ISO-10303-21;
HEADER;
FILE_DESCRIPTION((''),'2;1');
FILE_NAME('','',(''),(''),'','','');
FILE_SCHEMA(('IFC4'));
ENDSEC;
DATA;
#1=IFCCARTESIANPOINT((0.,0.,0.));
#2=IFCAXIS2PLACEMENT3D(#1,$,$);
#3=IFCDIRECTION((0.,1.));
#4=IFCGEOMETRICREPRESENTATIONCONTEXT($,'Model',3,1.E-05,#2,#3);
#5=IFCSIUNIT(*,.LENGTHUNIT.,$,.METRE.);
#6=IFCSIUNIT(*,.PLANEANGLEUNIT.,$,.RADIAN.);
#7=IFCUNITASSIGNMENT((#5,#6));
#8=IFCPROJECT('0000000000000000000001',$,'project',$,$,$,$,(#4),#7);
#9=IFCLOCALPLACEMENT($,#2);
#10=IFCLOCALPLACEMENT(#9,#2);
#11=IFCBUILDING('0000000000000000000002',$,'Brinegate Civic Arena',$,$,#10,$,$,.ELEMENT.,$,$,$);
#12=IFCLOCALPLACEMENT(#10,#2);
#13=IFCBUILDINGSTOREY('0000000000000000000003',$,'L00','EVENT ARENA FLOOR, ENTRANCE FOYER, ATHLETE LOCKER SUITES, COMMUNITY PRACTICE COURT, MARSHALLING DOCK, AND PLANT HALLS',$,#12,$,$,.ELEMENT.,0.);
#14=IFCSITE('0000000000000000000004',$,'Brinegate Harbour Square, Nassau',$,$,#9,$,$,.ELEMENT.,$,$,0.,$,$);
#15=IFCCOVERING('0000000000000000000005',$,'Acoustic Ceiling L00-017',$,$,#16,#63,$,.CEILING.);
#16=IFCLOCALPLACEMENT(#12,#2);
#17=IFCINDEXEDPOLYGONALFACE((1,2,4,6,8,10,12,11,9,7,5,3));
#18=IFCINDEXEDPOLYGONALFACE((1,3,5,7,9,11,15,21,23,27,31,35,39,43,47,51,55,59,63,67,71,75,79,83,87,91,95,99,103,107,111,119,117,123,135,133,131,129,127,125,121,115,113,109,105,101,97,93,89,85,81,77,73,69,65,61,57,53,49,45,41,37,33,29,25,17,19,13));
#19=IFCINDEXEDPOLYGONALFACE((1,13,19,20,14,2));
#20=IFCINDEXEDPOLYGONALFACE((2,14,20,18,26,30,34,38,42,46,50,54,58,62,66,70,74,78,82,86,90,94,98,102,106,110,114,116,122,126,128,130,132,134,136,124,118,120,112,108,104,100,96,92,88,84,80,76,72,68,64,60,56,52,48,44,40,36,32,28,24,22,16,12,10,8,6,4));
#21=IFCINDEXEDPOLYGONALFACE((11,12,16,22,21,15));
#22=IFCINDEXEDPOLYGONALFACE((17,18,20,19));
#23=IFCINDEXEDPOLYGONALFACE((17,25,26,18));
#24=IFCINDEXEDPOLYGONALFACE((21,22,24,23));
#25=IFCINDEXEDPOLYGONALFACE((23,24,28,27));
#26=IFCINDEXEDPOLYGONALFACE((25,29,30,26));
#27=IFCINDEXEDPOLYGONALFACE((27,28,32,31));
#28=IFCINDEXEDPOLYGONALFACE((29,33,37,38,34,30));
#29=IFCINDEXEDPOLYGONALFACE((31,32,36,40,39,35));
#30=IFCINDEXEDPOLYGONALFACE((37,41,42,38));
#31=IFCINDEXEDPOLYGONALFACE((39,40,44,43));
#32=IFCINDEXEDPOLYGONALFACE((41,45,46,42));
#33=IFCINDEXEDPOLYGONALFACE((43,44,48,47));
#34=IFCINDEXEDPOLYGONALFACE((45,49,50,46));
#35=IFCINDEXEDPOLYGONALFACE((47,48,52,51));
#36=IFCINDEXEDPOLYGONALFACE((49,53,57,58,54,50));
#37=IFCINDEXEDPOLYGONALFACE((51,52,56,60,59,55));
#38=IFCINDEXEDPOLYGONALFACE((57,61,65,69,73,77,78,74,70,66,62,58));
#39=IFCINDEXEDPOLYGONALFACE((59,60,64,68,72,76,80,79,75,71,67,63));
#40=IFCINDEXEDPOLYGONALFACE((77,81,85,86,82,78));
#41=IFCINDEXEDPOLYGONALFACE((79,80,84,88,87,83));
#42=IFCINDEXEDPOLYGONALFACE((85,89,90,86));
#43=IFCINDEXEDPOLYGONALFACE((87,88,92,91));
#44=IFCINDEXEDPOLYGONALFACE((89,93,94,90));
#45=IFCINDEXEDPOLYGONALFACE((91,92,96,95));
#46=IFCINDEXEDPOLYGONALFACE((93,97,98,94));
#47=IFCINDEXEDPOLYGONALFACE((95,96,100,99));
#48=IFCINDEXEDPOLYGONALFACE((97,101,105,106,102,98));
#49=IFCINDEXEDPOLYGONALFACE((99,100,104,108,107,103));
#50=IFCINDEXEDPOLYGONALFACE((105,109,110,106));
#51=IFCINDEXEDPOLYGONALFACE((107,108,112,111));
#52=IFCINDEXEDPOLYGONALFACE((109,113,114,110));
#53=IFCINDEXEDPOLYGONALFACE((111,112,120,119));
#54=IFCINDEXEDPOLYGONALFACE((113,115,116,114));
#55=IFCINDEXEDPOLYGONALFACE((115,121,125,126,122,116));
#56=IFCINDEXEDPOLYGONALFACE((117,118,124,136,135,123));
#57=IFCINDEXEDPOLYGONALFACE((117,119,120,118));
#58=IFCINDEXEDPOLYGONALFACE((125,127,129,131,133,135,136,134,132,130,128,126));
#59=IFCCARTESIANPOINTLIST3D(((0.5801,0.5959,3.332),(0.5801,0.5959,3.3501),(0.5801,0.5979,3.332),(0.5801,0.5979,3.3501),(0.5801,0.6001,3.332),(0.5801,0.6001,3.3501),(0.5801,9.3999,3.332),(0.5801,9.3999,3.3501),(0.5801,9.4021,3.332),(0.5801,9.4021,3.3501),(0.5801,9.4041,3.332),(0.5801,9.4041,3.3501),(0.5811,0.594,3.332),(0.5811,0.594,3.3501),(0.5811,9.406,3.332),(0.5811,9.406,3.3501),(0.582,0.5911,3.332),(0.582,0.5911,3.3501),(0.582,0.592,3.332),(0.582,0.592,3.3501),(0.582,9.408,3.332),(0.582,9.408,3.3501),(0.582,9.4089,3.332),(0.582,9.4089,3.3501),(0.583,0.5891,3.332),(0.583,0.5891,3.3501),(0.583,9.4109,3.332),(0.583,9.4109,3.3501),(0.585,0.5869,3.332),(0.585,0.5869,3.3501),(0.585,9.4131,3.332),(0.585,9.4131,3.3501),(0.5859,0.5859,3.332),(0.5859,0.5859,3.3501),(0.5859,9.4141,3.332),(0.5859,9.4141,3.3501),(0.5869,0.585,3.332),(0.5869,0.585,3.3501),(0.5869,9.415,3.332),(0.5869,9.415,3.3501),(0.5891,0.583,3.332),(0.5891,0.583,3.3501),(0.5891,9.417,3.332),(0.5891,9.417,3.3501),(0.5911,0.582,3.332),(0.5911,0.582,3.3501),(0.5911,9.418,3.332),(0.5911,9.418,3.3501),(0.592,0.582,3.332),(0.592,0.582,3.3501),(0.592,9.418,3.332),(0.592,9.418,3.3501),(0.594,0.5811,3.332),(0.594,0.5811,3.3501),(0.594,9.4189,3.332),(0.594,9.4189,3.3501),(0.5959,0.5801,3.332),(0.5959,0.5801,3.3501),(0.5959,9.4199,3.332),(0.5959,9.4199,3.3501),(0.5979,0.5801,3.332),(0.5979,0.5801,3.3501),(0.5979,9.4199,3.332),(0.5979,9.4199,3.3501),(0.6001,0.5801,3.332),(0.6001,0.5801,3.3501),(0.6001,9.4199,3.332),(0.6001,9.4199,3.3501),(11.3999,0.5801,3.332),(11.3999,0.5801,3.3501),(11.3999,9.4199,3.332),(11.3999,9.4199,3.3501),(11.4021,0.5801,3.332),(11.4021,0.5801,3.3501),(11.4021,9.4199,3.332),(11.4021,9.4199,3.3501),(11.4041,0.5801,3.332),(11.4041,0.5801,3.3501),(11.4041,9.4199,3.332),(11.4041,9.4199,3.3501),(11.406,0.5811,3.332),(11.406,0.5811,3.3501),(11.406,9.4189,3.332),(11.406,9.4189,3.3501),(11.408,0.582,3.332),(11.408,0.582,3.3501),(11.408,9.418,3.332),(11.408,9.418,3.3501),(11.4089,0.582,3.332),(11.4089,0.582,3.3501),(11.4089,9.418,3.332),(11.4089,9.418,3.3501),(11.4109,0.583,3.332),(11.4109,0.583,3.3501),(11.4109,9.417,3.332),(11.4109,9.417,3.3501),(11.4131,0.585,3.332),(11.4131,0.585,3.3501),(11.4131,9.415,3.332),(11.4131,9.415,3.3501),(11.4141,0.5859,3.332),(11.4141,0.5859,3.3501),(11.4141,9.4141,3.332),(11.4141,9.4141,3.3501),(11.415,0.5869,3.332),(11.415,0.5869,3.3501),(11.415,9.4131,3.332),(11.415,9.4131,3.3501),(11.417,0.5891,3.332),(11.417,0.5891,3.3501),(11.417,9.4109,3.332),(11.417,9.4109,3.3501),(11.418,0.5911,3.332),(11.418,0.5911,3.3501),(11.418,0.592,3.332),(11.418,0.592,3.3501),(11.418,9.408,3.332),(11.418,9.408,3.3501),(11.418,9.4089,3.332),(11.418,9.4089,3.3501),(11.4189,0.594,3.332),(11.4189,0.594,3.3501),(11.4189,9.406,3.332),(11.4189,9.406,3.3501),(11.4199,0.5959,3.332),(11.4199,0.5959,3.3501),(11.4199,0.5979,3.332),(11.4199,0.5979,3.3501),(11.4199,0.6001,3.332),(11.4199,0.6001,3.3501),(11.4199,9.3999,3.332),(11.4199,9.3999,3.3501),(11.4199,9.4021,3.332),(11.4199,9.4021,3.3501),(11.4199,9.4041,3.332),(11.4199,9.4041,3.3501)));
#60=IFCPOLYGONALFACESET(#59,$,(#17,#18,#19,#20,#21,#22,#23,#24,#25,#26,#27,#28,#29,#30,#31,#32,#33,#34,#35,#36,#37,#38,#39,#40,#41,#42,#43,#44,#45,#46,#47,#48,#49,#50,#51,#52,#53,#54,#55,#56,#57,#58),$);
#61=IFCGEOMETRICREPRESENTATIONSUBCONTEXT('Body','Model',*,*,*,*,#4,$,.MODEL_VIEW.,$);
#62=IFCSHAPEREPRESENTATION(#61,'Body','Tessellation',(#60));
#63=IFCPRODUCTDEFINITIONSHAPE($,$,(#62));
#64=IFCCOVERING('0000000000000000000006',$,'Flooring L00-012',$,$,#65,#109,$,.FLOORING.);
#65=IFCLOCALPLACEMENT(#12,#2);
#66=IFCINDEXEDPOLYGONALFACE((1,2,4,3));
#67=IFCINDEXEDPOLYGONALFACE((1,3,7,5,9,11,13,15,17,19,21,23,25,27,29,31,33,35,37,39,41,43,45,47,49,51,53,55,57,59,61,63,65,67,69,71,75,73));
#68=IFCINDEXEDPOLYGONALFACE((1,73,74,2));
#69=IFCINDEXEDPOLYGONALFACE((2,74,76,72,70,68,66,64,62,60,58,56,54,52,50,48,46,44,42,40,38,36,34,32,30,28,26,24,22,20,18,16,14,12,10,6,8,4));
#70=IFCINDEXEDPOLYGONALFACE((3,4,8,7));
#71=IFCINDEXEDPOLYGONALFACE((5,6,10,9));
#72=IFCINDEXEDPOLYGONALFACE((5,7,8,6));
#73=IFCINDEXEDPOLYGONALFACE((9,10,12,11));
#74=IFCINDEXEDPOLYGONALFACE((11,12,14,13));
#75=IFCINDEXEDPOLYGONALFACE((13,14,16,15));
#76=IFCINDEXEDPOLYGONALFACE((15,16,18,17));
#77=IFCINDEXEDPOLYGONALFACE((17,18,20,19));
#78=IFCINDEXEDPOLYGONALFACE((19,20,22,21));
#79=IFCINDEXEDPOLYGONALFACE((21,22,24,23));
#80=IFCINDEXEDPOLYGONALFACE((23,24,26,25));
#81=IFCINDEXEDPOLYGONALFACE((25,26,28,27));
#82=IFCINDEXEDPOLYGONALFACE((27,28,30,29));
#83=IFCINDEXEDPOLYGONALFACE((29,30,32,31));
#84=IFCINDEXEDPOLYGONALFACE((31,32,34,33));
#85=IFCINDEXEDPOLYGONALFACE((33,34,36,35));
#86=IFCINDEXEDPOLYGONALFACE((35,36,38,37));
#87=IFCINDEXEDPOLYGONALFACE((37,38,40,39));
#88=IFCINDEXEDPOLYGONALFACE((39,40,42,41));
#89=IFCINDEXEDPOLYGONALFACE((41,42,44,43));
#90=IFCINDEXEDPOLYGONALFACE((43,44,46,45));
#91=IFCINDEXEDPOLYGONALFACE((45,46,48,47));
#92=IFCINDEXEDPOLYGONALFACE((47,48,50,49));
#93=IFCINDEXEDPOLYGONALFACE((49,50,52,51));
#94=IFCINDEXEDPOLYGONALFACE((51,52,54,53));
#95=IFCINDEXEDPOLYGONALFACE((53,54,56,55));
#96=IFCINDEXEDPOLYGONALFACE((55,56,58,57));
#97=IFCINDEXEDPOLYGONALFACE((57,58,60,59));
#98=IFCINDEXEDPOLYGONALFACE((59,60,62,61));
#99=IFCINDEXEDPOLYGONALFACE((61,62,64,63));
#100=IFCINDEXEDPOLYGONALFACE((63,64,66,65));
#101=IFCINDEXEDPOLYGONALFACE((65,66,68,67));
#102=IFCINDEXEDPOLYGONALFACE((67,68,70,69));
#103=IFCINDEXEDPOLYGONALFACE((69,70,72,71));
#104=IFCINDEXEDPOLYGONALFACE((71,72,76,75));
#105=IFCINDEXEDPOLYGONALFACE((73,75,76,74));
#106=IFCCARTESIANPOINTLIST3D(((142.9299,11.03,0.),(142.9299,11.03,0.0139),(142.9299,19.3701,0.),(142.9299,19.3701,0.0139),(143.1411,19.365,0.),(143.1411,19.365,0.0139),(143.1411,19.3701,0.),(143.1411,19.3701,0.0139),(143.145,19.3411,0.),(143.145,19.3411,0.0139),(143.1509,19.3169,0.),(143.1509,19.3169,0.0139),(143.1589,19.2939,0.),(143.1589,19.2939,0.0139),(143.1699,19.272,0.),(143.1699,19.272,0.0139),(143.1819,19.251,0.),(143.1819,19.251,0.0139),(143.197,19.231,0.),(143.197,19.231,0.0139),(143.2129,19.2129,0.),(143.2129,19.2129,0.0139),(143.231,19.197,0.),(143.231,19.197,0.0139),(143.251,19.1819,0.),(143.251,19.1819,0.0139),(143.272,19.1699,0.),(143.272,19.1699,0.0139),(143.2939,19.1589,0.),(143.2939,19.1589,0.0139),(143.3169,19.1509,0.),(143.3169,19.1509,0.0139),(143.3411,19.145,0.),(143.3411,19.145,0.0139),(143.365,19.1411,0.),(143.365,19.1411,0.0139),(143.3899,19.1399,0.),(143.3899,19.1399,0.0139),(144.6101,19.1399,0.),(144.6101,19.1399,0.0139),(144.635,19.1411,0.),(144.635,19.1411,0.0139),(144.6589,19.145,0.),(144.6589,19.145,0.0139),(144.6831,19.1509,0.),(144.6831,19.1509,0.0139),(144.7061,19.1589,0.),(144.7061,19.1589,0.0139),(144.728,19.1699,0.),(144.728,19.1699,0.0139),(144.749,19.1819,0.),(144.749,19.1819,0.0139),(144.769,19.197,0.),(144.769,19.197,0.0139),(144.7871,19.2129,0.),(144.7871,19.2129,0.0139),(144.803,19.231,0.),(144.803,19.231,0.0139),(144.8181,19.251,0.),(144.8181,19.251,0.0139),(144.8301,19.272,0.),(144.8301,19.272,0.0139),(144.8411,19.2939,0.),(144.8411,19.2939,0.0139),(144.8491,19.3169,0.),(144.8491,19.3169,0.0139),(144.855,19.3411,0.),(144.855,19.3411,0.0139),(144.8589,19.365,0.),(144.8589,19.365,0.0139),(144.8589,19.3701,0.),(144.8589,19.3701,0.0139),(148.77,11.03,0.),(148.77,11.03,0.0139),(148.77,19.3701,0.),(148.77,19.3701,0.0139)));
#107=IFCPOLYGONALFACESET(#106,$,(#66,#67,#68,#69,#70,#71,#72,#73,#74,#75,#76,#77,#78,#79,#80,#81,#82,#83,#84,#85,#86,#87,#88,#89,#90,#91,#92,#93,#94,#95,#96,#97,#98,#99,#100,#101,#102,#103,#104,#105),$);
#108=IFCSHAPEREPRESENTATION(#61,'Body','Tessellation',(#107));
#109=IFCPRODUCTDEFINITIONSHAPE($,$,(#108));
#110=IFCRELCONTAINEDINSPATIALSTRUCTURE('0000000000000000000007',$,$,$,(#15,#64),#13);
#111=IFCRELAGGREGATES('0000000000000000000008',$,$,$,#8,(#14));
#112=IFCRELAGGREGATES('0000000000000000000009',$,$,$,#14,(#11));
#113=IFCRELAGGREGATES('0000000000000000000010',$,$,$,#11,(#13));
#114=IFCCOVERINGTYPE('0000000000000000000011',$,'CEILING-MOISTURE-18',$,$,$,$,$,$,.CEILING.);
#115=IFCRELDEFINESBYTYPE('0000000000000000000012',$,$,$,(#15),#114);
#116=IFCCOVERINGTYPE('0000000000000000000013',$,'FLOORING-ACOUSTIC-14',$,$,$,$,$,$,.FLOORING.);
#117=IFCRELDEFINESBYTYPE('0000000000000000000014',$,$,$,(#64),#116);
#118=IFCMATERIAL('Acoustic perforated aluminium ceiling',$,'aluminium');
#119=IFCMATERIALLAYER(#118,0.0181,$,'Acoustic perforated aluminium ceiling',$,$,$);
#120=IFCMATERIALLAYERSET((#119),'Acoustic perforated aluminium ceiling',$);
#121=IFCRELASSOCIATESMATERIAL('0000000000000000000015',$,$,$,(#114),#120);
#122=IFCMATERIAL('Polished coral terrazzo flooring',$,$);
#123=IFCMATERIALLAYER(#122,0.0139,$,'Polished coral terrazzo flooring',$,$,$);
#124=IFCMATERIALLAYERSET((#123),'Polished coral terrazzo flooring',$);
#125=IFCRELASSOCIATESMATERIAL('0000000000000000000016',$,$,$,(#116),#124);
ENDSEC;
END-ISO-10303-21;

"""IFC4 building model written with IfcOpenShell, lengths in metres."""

from ifc_helpers import new_model, si_unit, direction, frame, origin, place, context, subcontext, project, spatial, polyline, outline, extrude, material, layer, layer_set, type_object, element, save


model = new_model("IFC4")

# Units and contexts
model_context = context("Model", 3, precision=1e-05, world=origin(), true_north=direction((0.0, 1.0)))
body_context = subcontext(model_context, "Body", "Model", "MODEL_VIEW")
ifc_project = project(units=[si_unit("LENGTHUNIT", "METRE"), si_unit("PLANEANGLEUNIT", "RADIAN")], contexts=[model_context])

# Site, building, storey
site_placement = place(None, origin())
site = spatial("IfcSite", under=ifc_project, at=site_placement, Name="Brinegate Harbour Square, Nassau", CompositionType="ELEMENT", RefElevation=0.0)
building_placement = place(site_placement, origin())
building = spatial("IfcBuilding", under=site, at=building_placement, Name="Brinegate Civic Arena", CompositionType="ELEMENT")
storey_placement = place(building_placement, origin())
storey = spatial("IfcBuildingStorey", under=building, at=storey_placement, Name="L00", Description="EVENT ARENA FLOOR, ENTRANCE FOYER, ATHLETE LOCKER SUITES, COMMUNITY PRACTICE COURT, MARSHALLING DOCK, AND PLANT HALLS", CompositionType="ELEMENT", Elevation=0.0)

# Coverings
ifc_material_1 = material(Name="Acoustic perforated aluminium ceiling", Category="aluminium")
ifc_layer_1 = layer(ifc_material_1, 0.0181, Name="Acoustic perforated aluminium ceiling")
ifc_layer_set_1 = layer_set([ifc_layer_1], Name="Acoustic perforated aluminium ceiling")
covering_type_1 = type_object("IfcCoveringType", Name="CEILING-MOISTURE-18", PredefinedType="CEILING", material=ifc_layer_set_1)
covering_1_placement = place(storey_placement, frame((0.0, 0.0, 3.332)))
element("IfcCovering", 1, at=covering_1_placement, inside=storey, type_object=covering_type_1, Name="Acoustic Ceiling L00-017", PredefinedType="CEILING", context=body_context, shape_type="SweptSolid", body=[
    extrude(outline(polyline([(11.4041, 9.4199), (11.406, 9.4189), (11.408, 9.418), (11.4089, 9.418), (11.4109, 9.417), (11.4131, 9.415), (11.4141, 9.4141), (11.415, 9.4131), (11.417, 9.4109), (11.418, 9.4089), (11.418, 9.408), (11.4189, 9.406), (11.4199, 9.4041), (11.4199, 9.4021), (11.4199, 9.3999), (11.4199, 0.6001), (11.4199, 0.5979), (11.4199, 0.5959), (11.4189, 0.594), (11.418, 0.592), (11.418, 0.5911), (11.417, 0.5891), (11.415, 0.5869), (11.4141, 0.5859), (11.4131, 0.585), (11.4109, 0.583), (11.4089, 0.582), (11.408, 0.582), (11.406, 0.5811), (11.4041, 0.5801), (11.4021, 0.5801), (11.3999, 0.5801), (0.6001, 0.5801), (0.5979, 0.5801), (0.5959, 0.5801), (0.594, 0.5811), (0.592, 0.582), (0.5911, 0.582), (0.5891, 0.583), (0.5869, 0.585), (0.5859, 0.5859), (0.585, 0.5869), (0.583, 0.5891), (0.582, 0.5911), (0.582, 0.592), (0.5811, 0.594), (0.5801, 0.5959), (0.5801, 0.5979), (0.5801, 0.6001), (0.5801, 9.3999), (0.5801, 9.4021), (0.5801, 9.4041), (0.5811, 9.406), (0.582, 9.408), (0.582, 9.4089), (0.583, 9.4109), (0.585, 9.4131), (0.5859, 9.4141), (0.5869, 9.415), (0.5891, 9.417), (0.5911, 9.418), (0.592, 9.418), (0.594, 9.4189), (0.5959, 9.4199), (0.5979, 9.4199), (0.6001, 9.4199), (11.3999, 9.4199), (11.4021, 9.4199), (11.4041, 9.4199)])), origin(), (0.0, 0.0, 1.0), 0.0181),
])
ifc_material_2 = material(Name="Polished coral terrazzo flooring")
ifc_layer_2 = layer(ifc_material_2, 0.0139, Name="Polished coral terrazzo flooring")
ifc_layer_set_2 = layer_set([ifc_layer_2], Name="Polished coral terrazzo flooring")
covering_type_2 = type_object("IfcCoveringType", Name="FLOORING-ACOUSTIC-14", PredefinedType="FLOORING", material=ifc_layer_set_2)
covering_2_placement = place(storey_placement, origin())
element("IfcCovering", 2, at=covering_2_placement, inside=storey, type_object=covering_type_2, Name="Flooring L00-012", PredefinedType="FLOORING", context=body_context, shape_type="SweptSolid", body=[
    extrude(outline(polyline([(142.9299, 19.3701), (143.1411, 19.3701), (143.1411, 19.365), (143.145, 19.3411), (143.1509, 19.3169), (143.1589, 19.2939), (143.1699, 19.272), (143.1819, 19.251), (143.197, 19.231), (143.2129, 19.2129), (143.231, 19.197), (143.251, 19.1819), (143.272, 19.1699), (143.2939, 19.1589), (143.3169, 19.1509), (143.3411, 19.145), (143.365, 19.1411), (143.3899, 19.1399), (144.6101, 19.1399), (144.635, 19.1411), (144.6589, 19.145), (144.6831, 19.1509), (144.7061, 19.1589), (144.728, 19.1699), (144.749, 19.1819), (144.769, 19.197), (144.7871, 19.2129), (144.803, 19.231), (144.8181, 19.251), (144.8301, 19.272), (144.8411, 19.2939), (144.8491, 19.3169), (144.855, 19.3411), (144.8589, 19.365), (144.8589, 19.3701), (148.77, 19.3701), (148.77, 11.03), (142.9299, 11.03), (142.9299, 19.3701)])), origin(), (0.0, 0.0, 1.0), 0.0139),
])

save(model, "model.ifc")
